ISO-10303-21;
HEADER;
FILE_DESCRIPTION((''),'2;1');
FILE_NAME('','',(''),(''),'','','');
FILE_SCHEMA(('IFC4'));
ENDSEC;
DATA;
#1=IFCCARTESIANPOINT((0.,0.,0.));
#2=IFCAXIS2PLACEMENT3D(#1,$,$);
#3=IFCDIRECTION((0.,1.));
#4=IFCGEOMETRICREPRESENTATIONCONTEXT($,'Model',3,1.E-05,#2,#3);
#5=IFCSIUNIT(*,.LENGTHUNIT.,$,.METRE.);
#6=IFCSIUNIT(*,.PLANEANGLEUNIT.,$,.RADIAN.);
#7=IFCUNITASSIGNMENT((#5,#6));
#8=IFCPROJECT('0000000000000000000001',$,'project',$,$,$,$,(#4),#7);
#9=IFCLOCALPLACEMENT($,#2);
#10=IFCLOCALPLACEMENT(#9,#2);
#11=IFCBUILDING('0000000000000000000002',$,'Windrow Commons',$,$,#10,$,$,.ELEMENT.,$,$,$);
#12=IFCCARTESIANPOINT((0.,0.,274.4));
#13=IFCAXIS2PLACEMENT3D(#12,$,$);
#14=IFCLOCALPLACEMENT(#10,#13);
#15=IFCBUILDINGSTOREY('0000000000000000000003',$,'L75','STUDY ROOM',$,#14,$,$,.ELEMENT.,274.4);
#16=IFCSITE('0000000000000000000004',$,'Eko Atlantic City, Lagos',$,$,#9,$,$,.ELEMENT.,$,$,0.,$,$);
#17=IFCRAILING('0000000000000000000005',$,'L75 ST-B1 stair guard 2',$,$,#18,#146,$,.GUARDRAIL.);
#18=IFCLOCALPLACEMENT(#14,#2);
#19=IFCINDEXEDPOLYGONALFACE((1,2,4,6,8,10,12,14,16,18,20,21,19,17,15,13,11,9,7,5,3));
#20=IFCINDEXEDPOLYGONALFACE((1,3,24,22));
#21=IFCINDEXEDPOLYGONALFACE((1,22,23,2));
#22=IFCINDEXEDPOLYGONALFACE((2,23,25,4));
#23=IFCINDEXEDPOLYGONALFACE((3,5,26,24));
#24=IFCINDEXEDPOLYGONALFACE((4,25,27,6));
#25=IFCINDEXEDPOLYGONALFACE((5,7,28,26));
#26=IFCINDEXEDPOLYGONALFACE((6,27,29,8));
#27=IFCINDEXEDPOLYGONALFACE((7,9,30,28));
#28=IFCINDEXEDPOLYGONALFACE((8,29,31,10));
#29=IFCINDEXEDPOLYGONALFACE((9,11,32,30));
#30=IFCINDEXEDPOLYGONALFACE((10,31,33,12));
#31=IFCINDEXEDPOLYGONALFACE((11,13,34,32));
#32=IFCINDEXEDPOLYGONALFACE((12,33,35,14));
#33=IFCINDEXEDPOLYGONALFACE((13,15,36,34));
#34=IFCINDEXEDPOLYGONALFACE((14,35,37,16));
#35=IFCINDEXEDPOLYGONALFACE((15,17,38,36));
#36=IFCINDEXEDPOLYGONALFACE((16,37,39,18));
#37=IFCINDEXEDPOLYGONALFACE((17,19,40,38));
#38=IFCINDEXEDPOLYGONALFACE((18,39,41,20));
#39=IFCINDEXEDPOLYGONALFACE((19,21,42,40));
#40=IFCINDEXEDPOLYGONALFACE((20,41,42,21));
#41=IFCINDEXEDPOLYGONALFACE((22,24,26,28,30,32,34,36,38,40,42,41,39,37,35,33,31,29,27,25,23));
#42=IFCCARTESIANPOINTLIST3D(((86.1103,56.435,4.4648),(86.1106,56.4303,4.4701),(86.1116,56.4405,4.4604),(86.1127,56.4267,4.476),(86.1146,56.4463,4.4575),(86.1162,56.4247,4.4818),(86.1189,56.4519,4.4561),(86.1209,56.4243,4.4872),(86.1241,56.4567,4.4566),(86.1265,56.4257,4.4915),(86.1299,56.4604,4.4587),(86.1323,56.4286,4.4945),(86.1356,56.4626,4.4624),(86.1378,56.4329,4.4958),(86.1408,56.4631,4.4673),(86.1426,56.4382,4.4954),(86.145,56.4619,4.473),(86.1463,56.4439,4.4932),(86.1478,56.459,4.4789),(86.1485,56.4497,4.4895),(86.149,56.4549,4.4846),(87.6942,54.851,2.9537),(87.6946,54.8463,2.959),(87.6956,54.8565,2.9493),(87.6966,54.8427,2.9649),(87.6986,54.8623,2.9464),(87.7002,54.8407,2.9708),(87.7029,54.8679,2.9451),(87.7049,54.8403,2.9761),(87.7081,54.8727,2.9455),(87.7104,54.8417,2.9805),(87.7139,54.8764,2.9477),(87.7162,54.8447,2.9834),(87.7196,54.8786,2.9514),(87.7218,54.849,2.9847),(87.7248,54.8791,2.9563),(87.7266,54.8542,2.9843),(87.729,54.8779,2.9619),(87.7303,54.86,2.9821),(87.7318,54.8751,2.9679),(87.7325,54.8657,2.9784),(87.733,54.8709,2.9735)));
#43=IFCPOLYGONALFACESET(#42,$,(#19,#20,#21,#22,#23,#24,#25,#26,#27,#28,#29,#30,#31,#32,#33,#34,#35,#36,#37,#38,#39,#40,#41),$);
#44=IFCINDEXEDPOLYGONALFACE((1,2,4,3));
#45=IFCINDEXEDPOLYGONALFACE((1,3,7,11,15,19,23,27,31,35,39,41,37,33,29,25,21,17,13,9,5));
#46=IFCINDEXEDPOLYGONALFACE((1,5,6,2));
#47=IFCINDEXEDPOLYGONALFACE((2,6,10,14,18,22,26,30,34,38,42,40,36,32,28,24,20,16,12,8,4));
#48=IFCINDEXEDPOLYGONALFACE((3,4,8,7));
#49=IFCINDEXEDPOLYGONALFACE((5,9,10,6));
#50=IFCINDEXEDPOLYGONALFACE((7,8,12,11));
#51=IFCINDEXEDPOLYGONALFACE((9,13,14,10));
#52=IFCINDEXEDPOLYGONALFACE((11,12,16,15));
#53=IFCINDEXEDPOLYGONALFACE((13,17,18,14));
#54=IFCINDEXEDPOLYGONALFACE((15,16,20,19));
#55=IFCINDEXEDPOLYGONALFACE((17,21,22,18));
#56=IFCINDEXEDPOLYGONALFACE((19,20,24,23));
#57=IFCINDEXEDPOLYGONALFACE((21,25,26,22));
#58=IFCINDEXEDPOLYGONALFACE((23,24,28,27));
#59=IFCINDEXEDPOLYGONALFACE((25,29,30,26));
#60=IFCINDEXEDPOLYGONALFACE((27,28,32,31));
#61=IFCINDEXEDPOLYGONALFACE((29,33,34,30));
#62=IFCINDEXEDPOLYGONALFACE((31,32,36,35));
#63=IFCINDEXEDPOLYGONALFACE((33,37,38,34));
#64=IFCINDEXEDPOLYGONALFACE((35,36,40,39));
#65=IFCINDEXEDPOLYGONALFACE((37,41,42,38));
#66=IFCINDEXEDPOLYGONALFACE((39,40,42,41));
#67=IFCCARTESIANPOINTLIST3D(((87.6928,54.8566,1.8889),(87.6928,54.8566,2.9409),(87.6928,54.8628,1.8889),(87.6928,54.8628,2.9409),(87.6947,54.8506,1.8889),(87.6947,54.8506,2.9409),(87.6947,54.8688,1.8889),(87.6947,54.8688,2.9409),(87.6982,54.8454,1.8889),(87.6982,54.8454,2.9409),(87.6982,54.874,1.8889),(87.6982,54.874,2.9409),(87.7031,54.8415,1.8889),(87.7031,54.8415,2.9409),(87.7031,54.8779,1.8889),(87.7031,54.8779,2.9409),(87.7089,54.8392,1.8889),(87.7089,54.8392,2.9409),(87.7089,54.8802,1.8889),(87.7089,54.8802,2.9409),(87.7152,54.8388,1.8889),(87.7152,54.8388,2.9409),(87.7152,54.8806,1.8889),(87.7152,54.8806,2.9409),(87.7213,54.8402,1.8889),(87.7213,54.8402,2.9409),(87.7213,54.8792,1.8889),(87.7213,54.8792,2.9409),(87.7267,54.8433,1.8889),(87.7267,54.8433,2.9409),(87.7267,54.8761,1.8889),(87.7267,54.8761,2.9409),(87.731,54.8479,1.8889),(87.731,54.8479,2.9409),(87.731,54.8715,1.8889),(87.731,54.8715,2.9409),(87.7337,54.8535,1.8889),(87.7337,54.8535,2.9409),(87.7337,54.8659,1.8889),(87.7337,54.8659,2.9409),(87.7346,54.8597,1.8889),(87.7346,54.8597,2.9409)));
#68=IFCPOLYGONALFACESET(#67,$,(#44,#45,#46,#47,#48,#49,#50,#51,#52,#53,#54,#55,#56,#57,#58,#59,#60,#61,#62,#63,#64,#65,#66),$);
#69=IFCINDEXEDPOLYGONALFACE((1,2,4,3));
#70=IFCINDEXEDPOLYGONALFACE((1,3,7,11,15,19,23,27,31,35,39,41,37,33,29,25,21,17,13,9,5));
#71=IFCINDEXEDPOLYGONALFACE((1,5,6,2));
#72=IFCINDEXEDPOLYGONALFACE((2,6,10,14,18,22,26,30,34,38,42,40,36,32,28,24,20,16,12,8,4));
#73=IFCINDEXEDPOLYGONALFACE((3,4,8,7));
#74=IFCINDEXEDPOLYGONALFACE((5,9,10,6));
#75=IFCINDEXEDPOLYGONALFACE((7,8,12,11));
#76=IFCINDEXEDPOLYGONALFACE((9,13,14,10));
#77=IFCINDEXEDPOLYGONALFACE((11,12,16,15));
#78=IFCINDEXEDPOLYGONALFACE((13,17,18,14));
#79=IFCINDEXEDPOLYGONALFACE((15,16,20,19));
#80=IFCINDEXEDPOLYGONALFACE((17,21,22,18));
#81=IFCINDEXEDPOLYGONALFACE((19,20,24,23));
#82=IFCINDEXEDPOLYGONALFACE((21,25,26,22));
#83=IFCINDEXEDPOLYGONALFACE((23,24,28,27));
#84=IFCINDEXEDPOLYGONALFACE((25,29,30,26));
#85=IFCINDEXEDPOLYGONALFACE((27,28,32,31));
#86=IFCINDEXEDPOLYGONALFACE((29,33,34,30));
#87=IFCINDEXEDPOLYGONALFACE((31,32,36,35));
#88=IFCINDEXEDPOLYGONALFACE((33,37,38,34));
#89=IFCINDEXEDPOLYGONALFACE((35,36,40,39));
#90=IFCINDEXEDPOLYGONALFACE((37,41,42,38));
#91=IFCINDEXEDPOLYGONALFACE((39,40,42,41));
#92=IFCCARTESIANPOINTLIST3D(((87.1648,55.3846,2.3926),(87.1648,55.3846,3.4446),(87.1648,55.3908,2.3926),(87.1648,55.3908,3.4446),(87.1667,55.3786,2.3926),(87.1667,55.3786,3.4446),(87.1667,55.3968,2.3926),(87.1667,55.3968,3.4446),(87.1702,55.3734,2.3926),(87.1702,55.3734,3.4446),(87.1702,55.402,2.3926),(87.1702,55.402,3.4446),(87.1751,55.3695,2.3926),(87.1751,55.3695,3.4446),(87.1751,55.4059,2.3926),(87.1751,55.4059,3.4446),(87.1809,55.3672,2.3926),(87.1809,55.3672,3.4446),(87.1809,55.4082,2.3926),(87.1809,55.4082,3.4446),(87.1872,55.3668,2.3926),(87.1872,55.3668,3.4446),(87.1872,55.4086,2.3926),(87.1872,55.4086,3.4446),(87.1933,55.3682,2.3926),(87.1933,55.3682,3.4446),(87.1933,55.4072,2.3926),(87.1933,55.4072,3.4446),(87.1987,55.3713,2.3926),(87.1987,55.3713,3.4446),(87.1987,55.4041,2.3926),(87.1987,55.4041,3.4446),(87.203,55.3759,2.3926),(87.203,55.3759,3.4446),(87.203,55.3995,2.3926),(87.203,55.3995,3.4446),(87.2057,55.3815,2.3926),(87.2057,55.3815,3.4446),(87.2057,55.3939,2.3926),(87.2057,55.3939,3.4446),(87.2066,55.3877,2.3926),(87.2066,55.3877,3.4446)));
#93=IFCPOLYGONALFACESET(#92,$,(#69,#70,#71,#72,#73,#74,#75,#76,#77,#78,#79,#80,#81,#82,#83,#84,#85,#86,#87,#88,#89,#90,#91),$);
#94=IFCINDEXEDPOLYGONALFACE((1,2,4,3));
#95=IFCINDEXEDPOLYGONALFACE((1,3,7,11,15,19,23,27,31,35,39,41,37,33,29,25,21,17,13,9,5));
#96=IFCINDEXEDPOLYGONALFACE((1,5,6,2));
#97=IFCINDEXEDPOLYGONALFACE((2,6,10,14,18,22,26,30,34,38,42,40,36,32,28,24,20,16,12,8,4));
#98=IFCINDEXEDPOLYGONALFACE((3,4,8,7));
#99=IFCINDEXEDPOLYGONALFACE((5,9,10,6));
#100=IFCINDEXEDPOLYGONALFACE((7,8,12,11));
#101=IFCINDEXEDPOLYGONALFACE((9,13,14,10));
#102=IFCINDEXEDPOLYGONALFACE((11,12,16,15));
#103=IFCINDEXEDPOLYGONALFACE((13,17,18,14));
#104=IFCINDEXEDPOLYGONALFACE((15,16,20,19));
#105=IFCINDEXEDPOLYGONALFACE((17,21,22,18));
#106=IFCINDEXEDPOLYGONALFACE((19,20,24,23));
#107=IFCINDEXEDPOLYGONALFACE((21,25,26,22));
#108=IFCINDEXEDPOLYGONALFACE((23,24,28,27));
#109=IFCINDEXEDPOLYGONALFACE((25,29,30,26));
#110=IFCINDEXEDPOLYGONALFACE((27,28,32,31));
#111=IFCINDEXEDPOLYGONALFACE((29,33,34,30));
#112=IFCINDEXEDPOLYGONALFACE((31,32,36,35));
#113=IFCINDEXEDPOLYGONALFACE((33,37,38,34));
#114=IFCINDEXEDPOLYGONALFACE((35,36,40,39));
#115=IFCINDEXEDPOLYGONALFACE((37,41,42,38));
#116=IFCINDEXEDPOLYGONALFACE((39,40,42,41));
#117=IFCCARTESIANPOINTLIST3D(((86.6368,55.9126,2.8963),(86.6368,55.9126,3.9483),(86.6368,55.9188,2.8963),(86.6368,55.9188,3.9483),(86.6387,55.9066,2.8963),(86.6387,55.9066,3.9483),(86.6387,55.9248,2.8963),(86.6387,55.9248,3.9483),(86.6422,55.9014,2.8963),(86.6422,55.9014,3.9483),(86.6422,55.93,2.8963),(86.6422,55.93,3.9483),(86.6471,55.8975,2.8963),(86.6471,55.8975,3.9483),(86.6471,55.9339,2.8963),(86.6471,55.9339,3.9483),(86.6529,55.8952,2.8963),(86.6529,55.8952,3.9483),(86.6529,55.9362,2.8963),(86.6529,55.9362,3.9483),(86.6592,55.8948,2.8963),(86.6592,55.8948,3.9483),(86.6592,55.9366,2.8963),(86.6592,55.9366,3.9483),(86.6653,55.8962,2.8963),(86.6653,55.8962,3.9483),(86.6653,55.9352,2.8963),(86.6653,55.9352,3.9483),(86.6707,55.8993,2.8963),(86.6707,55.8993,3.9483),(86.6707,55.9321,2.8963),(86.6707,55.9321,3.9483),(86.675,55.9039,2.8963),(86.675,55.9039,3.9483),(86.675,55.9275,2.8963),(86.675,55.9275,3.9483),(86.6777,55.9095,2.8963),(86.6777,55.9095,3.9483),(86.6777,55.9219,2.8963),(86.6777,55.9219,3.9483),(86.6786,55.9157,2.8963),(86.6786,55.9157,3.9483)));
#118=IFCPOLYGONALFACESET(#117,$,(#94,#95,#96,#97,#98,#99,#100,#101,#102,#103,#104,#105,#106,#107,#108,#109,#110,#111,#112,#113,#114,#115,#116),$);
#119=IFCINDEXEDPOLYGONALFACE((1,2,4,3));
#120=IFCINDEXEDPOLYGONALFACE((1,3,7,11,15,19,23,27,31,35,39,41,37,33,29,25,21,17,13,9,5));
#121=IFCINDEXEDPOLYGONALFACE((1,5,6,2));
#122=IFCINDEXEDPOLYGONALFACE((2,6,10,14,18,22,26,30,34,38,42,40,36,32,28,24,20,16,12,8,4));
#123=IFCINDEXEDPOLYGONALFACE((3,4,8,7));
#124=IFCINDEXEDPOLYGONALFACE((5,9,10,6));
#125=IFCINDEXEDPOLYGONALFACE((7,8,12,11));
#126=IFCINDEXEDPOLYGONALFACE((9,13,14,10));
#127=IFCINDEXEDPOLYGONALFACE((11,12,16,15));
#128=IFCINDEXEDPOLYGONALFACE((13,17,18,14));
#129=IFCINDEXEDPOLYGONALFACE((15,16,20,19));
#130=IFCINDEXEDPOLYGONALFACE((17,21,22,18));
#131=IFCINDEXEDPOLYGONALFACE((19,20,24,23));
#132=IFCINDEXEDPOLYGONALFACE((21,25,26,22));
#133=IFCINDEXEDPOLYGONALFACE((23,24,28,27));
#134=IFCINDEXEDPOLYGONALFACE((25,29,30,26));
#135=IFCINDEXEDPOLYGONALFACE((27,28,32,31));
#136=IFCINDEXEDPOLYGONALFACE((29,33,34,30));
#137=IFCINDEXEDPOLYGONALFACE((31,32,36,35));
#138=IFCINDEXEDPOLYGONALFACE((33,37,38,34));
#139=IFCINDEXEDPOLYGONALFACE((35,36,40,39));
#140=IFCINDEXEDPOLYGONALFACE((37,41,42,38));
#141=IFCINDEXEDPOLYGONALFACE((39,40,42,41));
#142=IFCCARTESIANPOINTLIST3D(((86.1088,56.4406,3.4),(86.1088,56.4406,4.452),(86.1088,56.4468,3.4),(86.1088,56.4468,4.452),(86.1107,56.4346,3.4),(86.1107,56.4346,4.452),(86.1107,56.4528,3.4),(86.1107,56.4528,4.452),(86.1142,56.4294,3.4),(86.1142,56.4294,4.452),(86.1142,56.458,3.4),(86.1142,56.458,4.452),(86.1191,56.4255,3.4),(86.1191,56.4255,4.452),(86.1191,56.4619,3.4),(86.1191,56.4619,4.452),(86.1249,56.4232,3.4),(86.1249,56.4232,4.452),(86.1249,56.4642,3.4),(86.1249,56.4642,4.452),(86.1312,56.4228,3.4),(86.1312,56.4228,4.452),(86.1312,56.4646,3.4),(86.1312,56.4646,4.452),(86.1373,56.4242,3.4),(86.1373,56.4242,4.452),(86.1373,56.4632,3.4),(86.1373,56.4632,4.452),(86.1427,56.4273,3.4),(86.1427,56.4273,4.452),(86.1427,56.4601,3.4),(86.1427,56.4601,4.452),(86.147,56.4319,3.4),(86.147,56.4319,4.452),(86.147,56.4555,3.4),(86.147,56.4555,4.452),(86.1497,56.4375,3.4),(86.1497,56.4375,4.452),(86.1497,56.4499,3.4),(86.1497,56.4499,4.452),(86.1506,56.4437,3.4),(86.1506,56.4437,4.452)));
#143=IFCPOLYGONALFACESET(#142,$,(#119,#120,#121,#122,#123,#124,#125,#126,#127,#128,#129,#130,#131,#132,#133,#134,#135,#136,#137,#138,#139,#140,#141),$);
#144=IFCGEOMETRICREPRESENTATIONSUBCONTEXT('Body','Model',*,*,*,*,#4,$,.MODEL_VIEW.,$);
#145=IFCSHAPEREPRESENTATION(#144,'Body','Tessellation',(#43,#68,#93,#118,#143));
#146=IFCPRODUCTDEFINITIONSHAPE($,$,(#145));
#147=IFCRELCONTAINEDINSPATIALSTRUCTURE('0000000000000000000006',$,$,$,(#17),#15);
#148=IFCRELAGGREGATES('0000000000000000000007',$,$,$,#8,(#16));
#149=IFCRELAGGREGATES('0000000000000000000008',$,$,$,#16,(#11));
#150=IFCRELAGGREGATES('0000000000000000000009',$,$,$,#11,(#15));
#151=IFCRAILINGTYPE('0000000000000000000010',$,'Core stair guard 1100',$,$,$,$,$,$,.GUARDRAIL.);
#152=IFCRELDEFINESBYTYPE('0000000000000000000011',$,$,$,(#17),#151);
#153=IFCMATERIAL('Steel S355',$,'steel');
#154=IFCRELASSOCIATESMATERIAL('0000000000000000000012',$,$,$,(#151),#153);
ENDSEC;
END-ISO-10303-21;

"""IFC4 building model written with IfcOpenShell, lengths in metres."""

from ifc_helpers import new_model, si_unit, direction, frame, origin, origin_2d, place, context, subcontext, project, spatial, circle, extrude, material, type_object, element, save


model = new_model("IFC4")

# Units and contexts
model_context = context("Model", 3, precision=1e-05, world=origin(), true_north=direction((0.0, 1.0)))
body_context = subcontext(model_context, "Body", "Model", "MODEL_VIEW")
ifc_project = project(units=[si_unit("LENGTHUNIT", "METRE"), si_unit("PLANEANGLEUNIT", "RADIAN")], contexts=[model_context])

# Site, building, storey
site_placement = place(None, origin())
site = spatial("IfcSite", under=ifc_project, at=site_placement, Name="Eko Atlantic City, Lagos", CompositionType="ELEMENT", RefElevation=0.0)
building_placement = place(site_placement, origin())
building = spatial("IfcBuilding", under=site, at=building_placement, Name="Windrow Commons", CompositionType="ELEMENT")
storey_placement = place(building_placement, frame((0.0, 0.0, 274.4)))
storey = spatial("IfcBuildingStorey", under=building, at=storey_placement, Name="L75", Description="STUDY ROOM", CompositionType="ELEMENT", Elevation=274.4)

# Railing
ifc_material_1 = material(Name="Steel S355", Category="steel")
railing_type_1 = type_object("IfcRailingType", Name="Core stair guard 1100", PredefinedType="GUARDRAIL", material=ifc_material_1)
railing_1_placement = place(storey_placement, frame((87.7136, 54.8597, 1.8889)))
element("IfcRailing", 1, at=railing_1_placement, inside=storey, type_object=railing_type_1, Name="L75 ST-B1 stair guard 2", PredefinedType="GUARDRAIL", context=body_context, shape_type="SweptSolid", body=[
    extrude(circle(Radius=0.024, at=origin_2d()), frame((0.0, 0.0, 1.076), z_axis=(-0.586203, 0.586203, 0.559224), x_axis=(-0.707107, -0.707107, 0.0)), (0.0, 0.0, 1.0), 2.7021),
    extrude(circle(Radius=0.021, at=origin_2d()), origin(), (0.0, 0.0, 1.0), 1.052),
    extrude(circle(Radius=0.021, at=origin_2d()), frame((-0.528, 0.528, 0.5037)), (0.0, 0.0, 1.0), 1.052),
    extrude(circle(Radius=0.021, at=origin_2d()), frame((-1.056, 1.056, 1.0074)), (0.0, 0.0, 1.0), 1.052),
    extrude(circle(Radius=0.021, at=origin_2d()), frame((-1.584, 1.584, 1.5111)), (0.0, 0.0, 1.0), 1.052),
])

save(model, "model.ifc")
